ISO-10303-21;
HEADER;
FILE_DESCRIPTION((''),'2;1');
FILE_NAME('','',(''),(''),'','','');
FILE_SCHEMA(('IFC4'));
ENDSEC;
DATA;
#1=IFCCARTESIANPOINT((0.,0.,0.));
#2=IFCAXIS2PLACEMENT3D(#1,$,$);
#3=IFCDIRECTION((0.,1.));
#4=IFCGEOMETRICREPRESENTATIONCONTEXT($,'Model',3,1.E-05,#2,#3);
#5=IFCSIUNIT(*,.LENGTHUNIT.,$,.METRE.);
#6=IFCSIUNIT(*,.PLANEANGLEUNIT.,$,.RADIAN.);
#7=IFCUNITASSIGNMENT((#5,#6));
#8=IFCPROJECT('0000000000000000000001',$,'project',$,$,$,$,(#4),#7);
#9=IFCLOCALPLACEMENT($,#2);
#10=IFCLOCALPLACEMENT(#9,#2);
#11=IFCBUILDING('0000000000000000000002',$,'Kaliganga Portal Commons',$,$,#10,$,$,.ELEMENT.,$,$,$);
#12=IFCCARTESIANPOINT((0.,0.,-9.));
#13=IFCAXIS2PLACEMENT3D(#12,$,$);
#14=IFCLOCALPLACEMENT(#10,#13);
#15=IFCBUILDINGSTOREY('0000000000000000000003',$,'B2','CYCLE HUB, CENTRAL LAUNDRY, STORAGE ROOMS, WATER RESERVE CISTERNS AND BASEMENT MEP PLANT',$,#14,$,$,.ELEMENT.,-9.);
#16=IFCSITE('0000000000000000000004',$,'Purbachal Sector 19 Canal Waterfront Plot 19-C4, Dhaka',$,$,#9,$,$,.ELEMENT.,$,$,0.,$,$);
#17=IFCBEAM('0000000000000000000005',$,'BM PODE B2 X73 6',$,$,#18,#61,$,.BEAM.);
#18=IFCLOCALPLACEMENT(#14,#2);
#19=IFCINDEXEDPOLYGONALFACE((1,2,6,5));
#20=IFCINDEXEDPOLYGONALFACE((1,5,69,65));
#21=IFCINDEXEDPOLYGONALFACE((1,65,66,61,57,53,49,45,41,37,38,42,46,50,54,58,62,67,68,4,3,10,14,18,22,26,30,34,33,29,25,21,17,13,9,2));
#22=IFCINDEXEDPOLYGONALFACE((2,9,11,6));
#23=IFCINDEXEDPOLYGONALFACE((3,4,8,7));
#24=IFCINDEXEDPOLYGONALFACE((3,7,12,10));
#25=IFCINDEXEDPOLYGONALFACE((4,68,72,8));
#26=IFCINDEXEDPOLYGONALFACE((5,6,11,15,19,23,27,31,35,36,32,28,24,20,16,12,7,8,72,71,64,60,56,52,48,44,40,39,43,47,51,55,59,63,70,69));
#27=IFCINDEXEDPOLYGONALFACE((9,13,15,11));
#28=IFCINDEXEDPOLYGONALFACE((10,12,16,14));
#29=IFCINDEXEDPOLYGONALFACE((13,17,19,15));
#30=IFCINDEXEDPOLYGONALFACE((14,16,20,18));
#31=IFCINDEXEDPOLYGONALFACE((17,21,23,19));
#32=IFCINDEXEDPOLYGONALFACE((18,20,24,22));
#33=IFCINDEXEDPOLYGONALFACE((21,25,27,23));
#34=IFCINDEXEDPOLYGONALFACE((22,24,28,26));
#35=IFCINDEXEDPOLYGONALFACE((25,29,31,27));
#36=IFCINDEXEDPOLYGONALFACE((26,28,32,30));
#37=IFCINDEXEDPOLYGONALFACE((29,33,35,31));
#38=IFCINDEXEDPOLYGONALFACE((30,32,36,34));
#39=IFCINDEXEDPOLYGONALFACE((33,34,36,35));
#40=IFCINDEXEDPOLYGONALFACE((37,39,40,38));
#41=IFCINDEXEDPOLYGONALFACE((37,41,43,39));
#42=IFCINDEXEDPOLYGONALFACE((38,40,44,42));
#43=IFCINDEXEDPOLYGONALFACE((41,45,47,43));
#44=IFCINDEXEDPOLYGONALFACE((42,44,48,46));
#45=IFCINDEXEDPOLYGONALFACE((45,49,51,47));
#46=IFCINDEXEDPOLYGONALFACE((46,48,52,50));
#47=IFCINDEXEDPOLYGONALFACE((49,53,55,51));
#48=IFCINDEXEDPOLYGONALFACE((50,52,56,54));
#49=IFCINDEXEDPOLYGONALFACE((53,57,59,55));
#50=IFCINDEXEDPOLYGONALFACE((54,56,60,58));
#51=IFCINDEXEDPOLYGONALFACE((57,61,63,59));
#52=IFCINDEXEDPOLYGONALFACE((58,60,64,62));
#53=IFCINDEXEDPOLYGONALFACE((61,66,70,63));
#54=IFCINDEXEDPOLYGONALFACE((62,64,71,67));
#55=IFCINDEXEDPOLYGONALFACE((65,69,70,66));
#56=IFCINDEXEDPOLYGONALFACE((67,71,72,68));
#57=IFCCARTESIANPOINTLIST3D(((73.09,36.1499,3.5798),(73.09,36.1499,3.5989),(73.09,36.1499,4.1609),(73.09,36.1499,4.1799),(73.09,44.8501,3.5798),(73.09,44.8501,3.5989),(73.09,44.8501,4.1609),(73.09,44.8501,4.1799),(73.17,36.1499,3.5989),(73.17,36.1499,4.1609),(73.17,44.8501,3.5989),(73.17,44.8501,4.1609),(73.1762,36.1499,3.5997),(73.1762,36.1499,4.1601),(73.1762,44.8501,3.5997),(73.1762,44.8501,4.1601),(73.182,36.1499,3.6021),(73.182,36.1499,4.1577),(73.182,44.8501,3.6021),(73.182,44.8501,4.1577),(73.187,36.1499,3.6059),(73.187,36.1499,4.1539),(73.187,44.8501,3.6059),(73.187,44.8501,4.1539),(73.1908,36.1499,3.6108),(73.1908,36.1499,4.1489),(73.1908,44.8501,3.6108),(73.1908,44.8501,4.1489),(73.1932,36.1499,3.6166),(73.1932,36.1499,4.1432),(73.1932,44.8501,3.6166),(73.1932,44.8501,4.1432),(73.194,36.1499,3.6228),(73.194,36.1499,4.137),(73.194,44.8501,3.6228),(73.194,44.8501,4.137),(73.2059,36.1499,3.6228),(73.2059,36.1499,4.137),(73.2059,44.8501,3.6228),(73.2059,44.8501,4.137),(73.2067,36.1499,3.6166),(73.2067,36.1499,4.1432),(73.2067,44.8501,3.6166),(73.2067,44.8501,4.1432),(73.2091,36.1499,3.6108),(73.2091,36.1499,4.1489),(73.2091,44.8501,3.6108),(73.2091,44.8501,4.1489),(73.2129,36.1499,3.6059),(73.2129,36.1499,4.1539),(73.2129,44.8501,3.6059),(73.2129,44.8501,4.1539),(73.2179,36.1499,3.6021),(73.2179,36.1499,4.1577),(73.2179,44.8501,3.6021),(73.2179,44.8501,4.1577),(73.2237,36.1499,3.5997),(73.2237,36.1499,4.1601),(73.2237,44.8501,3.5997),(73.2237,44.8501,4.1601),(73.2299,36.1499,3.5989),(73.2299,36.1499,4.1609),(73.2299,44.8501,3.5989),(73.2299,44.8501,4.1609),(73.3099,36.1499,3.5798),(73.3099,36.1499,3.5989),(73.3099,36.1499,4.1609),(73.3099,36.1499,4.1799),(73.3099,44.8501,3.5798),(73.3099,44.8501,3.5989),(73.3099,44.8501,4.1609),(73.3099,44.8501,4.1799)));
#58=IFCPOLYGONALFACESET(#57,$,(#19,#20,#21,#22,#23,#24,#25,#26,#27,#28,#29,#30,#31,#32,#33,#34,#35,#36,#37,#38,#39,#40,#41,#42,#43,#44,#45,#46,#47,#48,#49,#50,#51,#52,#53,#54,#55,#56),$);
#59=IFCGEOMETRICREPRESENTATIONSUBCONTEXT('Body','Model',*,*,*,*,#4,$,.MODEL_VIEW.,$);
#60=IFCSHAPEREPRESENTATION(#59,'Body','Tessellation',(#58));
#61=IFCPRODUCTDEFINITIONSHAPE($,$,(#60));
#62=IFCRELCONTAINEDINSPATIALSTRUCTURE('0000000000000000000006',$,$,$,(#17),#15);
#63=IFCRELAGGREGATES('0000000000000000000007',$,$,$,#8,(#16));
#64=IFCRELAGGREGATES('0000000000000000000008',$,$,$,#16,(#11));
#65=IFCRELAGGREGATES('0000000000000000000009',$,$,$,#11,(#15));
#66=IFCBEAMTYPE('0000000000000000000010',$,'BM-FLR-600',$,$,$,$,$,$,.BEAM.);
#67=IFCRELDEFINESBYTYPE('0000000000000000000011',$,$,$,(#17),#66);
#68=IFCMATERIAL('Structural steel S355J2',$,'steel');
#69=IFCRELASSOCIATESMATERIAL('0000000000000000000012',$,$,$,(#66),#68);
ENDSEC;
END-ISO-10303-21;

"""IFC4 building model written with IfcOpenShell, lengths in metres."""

from ifc_helpers import new_model, si_unit, direction, frame, origin, origin_2d, place, context, subcontext, project, spatial, i_section, extrude, source, transform, mapped, material, material_profile, profile_set, type_object, element, save


model = new_model("IFC4")

# Units and contexts
model_context = context("Model", 3, precision=1e-05, world=origin(), true_north=direction((0.0, 1.0)))
body_context = subcontext(model_context, "Body", "Model", "MODEL_VIEW")
ifc_project = project(units=[si_unit("LENGTHUNIT", "METRE"), si_unit("PLANEANGLEUNIT", "RADIAN")], contexts=[model_context])

# Site, building, storey
site_placement = place(None, origin())
site = spatial("IfcSite", under=ifc_project, at=site_placement, Name="Purbachal Sector 19 Canal Waterfront Plot 19-C4, Dhaka", CompositionType="ELEMENT", RefElevation=0.0)
building_placement = place(site_placement, origin())
building = spatial("IfcBuilding", under=site, at=building_placement, Name="Kaliganga Portal Commons", CompositionType="ELEMENT")
storey_placement = place(building_placement, frame((0.0, 0.0, -9.0)))
storey = spatial("IfcBuildingStorey", under=building, at=storey_placement, Name="B2", Description="CYCLE HUB, CENTRAL LAUNDRY, STORAGE ROOMS, WATER RESERVE CISTERNS AND BASEMENT MEP PLANT", CompositionType="ELEMENT", Elevation=-9.0)

# Beam
ifc_material_1 = material(Name="Structural steel S355J2", Category="steel")
ifc_material_profile_1 = material_profile(ifc_material_1, i_section(OverallWidth=0.22, OverallDepth=0.6001, WebThickness=0.012, FlangeThickness=0.019, FilletRadius=0.0239, at=origin_2d()), Name="IPE 600")
ifc_profile_set_1 = profile_set([ifc_material_profile_1], Name="Structural steel S355J2 wide-flange")
beam_type_1 = type_object("IfcBeamType", Name="BM-FLR-600", PredefinedType="BEAM", material=ifc_profile_set_1)
shared_shape_1 = source(origin(), body_context, "Body", "SweptSolid", [
    extrude(i_section(OverallWidth=0.22, OverallDepth=0.6001, WebThickness=0.012, FlangeThickness=0.019, FilletRadius=0.0239, at=origin_2d()), origin(), (0.0, 0.0, 1.0), 8.7002),
])
for number, where, z_axis, x_axis, name in (
    (1, (73.2, 36.1499, 3.8799), (0.0, 1.0, 0.0), (-1.0, 0.0, 0.0), "BM PODE B2 X73 6"),
):
    element("IfcBeam", number, at=place(storey_placement, frame(where, z_axis=z_axis, x_axis=x_axis)), inside=storey, type_object=beam_type_1, Name=name, PredefinedType="BEAM", context=body_context, shape_type="MappedRepresentation", body=[
        mapped(shared_shape_1, transform((0.0, 0.0, 0.0), x_axis=(1.0, 0.0, 0.0), y_axis=(0.0, 1.0, 0.0), z_axis=(0.0, 0.0, 1.0), scale=1.0)),
    ])

save(model, "model.ifc")
